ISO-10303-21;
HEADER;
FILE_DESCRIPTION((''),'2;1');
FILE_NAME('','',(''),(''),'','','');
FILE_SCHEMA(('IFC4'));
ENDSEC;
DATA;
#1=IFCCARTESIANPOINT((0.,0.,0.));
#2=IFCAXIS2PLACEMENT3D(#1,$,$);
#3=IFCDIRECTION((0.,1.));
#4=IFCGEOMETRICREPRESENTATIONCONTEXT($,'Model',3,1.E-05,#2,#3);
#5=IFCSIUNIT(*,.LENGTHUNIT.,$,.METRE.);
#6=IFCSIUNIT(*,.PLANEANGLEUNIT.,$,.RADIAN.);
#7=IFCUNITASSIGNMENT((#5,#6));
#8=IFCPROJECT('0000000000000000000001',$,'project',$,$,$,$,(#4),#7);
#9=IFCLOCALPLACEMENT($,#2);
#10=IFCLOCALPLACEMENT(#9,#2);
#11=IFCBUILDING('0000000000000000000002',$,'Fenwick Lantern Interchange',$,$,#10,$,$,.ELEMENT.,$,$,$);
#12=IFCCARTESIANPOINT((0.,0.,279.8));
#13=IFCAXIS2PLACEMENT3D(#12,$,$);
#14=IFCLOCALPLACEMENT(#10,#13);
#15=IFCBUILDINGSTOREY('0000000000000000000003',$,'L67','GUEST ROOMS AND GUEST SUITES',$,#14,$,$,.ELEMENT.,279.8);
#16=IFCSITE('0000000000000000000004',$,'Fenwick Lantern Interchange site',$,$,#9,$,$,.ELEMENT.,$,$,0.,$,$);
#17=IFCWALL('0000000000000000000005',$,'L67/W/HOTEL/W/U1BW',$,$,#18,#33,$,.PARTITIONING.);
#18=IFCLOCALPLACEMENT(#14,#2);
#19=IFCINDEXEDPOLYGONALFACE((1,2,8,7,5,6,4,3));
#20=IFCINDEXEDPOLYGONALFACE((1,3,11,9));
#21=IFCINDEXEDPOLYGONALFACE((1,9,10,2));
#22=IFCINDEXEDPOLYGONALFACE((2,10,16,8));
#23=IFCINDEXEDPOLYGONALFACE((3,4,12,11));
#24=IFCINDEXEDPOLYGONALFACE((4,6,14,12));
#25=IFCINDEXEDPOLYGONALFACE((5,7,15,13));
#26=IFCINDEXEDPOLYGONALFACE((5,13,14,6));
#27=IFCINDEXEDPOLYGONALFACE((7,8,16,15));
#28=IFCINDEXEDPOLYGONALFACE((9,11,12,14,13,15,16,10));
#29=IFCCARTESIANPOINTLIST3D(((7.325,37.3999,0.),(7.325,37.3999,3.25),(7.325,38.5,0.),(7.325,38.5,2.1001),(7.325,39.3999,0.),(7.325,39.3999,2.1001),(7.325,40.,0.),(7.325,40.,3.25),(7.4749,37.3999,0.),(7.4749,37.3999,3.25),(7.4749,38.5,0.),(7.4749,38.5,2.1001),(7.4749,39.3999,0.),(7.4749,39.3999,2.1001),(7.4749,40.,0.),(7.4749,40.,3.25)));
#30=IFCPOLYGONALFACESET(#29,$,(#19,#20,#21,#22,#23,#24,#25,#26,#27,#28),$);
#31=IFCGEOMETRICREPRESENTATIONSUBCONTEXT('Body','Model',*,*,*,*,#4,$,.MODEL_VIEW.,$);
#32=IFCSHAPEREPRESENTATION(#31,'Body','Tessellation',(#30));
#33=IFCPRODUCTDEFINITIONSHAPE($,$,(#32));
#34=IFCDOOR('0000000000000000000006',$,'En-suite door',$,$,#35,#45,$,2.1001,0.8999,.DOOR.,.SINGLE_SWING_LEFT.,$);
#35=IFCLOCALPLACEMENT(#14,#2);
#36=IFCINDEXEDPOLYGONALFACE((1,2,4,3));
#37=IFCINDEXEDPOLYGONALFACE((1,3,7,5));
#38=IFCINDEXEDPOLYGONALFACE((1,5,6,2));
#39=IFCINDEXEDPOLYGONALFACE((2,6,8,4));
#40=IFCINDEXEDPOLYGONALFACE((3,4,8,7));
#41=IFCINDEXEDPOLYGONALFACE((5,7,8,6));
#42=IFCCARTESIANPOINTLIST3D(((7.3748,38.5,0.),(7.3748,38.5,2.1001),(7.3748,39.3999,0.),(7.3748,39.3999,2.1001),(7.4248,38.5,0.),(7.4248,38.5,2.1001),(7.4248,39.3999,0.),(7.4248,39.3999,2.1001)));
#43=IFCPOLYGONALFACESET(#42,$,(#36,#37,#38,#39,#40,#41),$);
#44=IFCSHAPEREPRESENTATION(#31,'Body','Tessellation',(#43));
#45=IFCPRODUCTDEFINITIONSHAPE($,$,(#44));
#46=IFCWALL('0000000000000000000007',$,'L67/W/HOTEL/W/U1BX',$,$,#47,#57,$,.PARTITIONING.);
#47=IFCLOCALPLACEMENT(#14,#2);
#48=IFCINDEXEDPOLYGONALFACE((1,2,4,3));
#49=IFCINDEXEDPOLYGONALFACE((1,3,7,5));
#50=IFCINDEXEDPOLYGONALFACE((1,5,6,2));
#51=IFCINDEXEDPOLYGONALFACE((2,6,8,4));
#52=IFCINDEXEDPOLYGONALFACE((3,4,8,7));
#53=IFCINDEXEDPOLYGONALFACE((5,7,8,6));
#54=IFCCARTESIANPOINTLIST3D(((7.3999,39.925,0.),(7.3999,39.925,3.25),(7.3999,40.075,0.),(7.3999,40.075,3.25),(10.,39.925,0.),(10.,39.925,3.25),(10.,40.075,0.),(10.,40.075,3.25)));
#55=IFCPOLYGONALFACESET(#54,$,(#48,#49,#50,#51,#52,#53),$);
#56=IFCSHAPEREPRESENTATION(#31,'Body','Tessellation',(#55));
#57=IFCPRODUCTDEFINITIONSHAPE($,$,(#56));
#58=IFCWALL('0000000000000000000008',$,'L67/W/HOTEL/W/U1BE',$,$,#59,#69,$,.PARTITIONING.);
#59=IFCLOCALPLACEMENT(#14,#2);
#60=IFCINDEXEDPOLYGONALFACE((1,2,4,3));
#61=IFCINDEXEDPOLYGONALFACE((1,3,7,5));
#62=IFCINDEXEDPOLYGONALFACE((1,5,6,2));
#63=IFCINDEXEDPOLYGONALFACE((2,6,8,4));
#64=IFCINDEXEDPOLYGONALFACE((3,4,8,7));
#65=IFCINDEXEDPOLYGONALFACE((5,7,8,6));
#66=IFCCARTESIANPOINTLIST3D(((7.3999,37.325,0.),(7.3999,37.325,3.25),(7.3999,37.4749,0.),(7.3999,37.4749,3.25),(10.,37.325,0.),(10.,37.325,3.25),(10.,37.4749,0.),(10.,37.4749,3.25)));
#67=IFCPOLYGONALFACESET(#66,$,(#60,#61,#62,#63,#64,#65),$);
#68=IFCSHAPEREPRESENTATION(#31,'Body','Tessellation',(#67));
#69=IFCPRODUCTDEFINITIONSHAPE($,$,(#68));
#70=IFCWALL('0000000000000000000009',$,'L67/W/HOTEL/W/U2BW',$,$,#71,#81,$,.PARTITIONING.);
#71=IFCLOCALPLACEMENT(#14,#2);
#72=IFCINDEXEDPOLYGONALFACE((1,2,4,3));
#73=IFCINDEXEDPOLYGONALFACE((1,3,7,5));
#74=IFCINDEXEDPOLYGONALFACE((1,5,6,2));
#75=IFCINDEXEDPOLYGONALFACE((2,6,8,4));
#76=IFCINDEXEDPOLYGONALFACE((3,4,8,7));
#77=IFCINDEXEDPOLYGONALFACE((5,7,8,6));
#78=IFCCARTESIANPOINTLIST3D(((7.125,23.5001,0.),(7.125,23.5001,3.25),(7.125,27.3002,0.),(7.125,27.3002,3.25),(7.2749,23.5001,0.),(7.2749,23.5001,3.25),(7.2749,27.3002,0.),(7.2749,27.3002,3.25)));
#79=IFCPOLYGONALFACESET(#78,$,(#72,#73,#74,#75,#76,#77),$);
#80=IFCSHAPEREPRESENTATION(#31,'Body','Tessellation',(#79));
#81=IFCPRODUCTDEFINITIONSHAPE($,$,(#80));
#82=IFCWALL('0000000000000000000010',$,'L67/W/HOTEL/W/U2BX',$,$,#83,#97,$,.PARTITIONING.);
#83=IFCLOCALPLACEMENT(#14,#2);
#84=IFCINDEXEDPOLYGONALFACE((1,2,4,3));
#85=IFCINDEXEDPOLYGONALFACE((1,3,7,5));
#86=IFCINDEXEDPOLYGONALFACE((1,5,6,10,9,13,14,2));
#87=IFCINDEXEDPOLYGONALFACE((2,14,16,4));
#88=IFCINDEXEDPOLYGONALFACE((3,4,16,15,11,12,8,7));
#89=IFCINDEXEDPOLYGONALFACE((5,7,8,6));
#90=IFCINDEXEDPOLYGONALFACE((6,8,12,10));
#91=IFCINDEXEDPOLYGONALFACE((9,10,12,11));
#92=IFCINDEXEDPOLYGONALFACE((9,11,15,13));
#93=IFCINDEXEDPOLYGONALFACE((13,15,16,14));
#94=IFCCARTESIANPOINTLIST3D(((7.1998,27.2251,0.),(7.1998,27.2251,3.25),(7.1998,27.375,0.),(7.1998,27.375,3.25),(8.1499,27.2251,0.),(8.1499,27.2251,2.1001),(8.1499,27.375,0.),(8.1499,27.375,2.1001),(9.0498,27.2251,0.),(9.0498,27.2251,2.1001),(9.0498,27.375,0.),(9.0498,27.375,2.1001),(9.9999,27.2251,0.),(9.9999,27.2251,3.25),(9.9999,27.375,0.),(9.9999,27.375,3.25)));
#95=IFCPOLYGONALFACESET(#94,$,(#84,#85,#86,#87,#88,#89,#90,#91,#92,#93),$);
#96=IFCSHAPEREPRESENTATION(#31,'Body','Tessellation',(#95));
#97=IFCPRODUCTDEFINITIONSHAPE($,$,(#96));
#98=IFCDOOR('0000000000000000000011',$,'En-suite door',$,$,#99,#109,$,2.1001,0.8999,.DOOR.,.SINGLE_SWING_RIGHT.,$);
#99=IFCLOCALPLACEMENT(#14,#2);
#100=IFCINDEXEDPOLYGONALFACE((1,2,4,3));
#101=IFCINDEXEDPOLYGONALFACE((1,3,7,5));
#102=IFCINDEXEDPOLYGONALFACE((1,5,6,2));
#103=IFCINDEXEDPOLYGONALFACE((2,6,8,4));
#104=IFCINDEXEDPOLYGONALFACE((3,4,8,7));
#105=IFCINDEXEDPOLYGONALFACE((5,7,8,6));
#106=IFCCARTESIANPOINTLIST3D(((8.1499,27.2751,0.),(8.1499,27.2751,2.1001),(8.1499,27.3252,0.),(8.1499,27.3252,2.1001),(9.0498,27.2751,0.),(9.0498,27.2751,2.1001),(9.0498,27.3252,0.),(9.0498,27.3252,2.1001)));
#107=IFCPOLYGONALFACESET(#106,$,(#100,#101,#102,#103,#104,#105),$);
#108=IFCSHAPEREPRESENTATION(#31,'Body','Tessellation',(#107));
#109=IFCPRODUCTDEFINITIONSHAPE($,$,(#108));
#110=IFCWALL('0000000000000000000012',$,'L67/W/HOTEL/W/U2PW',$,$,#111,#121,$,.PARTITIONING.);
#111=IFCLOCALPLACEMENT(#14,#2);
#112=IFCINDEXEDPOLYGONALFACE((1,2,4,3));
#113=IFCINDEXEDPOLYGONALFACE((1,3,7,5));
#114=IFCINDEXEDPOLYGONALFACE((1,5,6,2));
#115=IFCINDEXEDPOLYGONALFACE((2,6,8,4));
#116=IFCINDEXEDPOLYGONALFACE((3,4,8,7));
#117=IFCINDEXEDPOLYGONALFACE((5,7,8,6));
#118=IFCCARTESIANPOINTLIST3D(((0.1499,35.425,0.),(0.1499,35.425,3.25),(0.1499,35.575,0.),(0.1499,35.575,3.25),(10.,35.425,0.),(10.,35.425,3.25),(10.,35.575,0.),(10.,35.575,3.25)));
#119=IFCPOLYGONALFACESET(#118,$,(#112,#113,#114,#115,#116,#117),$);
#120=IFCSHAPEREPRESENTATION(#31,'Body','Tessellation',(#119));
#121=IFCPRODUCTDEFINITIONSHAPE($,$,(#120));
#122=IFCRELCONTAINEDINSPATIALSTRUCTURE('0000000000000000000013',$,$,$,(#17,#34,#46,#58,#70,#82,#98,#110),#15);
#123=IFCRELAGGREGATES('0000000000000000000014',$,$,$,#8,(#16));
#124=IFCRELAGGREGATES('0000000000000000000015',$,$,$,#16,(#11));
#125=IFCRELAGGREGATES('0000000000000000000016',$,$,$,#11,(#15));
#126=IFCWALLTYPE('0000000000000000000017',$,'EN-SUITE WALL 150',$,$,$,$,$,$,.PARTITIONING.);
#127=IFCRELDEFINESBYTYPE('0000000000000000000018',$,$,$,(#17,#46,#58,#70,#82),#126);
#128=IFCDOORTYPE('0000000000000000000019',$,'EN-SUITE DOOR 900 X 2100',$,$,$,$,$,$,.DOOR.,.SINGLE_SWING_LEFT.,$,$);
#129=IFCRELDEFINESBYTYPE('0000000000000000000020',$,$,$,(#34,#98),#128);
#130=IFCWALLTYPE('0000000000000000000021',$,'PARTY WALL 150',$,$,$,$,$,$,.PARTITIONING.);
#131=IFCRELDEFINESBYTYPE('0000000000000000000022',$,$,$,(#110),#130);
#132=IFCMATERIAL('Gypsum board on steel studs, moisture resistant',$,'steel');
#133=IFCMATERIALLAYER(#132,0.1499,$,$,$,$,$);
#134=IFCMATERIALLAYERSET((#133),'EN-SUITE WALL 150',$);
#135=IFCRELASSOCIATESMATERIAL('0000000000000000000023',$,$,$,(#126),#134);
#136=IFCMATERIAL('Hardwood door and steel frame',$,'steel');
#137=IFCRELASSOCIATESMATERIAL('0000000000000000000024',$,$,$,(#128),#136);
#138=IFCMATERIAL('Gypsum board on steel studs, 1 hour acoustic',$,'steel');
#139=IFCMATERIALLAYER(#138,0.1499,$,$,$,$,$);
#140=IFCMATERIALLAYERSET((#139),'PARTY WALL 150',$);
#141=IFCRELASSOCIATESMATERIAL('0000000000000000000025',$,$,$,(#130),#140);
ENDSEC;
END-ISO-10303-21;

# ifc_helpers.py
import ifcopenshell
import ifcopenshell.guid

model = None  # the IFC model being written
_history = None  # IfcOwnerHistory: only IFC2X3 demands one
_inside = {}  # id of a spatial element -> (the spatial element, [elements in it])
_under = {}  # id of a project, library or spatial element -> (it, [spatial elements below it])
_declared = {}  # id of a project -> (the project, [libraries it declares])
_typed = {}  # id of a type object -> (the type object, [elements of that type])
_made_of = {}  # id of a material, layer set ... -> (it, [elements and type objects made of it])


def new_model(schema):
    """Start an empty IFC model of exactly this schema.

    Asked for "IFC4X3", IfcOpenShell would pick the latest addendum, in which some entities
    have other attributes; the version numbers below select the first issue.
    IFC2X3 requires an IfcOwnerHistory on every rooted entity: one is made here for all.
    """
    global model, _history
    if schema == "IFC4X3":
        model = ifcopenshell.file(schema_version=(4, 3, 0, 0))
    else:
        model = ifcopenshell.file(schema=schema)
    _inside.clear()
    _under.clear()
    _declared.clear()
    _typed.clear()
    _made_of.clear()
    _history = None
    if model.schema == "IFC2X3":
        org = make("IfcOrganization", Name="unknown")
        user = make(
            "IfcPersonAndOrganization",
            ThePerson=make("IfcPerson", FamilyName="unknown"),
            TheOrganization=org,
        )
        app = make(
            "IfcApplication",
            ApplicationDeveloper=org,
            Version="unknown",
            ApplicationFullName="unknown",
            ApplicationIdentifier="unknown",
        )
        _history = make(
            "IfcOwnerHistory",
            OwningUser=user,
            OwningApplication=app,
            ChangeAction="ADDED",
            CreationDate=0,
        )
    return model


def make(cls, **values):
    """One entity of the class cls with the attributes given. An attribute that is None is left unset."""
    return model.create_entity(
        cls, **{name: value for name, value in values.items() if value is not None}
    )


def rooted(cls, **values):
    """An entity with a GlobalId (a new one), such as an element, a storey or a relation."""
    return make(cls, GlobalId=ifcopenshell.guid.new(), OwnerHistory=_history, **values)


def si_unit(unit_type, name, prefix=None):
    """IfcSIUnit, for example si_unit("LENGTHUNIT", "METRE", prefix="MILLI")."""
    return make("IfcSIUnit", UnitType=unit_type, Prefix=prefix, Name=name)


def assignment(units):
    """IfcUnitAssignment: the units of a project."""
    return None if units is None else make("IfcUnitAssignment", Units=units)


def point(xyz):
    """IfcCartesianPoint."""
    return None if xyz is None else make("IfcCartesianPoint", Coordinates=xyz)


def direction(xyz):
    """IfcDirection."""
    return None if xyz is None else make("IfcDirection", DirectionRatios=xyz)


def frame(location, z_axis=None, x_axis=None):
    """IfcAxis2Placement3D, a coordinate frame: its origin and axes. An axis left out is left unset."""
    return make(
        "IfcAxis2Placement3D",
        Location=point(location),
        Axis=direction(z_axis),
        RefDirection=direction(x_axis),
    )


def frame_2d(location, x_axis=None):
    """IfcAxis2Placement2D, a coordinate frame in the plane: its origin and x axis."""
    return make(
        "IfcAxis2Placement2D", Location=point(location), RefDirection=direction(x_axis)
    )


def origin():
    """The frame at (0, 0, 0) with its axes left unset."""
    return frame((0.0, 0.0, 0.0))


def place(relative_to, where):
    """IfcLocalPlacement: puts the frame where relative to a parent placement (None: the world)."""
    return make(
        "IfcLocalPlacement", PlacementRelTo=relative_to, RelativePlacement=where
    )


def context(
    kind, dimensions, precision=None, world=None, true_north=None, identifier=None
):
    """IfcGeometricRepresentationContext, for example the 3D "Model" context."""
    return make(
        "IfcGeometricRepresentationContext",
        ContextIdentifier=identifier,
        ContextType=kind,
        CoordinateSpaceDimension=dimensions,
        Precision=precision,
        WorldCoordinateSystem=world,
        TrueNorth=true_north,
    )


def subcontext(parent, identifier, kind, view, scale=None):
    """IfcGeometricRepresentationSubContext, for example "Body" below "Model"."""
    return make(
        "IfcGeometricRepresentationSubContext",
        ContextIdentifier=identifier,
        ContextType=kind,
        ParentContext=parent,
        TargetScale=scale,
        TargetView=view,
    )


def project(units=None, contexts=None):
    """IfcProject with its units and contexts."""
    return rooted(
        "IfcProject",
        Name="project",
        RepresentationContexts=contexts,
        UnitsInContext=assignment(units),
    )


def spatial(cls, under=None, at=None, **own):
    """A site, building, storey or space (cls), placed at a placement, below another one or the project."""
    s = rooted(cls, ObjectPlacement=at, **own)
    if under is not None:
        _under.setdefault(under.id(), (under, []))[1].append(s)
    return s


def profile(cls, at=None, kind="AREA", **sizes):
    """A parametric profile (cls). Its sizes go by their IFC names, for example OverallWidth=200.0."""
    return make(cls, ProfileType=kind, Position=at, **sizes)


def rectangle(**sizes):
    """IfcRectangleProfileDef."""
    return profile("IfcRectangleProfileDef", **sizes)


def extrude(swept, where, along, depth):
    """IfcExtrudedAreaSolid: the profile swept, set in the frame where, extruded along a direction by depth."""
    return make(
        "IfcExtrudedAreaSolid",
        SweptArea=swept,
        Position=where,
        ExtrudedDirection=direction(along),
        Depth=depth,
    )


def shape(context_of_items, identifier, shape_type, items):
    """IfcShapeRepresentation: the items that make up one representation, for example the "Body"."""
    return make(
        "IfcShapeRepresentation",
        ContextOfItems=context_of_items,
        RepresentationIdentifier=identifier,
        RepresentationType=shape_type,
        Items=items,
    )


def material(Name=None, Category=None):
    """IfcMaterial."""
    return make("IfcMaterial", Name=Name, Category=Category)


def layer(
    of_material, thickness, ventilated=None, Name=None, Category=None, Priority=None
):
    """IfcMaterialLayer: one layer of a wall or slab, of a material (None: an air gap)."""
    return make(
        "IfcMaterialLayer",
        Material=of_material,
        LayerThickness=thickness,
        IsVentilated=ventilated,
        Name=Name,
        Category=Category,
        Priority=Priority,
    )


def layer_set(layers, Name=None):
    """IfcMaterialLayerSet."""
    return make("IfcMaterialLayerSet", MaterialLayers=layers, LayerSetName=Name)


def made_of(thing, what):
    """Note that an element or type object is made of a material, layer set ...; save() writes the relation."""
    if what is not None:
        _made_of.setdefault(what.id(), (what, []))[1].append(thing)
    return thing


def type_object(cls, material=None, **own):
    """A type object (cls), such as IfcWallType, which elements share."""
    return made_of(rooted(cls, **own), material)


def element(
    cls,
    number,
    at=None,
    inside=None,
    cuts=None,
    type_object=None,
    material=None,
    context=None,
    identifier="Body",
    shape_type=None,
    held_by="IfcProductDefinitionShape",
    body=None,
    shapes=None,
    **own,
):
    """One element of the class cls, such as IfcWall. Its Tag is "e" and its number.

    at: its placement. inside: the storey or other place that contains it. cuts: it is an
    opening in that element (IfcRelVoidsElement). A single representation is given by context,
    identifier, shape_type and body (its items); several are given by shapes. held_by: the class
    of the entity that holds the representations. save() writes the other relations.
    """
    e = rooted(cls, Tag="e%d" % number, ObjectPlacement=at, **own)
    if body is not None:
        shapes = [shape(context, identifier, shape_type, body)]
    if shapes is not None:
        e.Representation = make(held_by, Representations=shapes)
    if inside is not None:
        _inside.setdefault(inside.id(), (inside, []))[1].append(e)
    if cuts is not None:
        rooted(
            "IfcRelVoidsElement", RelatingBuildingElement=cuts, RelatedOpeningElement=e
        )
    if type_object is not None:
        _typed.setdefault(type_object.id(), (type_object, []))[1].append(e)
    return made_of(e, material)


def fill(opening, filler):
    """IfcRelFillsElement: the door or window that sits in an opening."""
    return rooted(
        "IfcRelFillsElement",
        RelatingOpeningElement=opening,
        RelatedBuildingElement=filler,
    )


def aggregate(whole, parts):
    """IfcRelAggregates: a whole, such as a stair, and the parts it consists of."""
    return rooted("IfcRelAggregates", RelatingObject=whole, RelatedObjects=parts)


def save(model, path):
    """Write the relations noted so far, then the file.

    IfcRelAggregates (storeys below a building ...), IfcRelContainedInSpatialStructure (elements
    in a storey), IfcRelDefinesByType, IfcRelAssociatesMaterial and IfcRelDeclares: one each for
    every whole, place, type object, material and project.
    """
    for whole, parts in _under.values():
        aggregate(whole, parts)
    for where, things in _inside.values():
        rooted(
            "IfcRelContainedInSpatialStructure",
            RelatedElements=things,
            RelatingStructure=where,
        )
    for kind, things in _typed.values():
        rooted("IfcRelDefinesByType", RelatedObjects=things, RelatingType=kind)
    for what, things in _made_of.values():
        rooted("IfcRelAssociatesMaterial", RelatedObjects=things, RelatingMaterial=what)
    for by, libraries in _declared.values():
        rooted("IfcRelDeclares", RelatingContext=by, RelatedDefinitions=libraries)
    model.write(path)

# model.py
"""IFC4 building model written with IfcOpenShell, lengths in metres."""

from ifc_helpers import new_model, si_unit, direction, frame, frame_2d, origin, place, context, subcontext, project, spatial, rectangle, extrude, material, layer, layer_set, type_object, element, fill, save


model = new_model("IFC4")

# Units and contexts
model_context = context("Model", 3, precision=1e-05, world=origin(), true_north=direction((0.0, 1.0)))
body_context = subcontext(model_context, "Body", "Model", "MODEL_VIEW")
ifc_project = project(units=[si_unit("LENGTHUNIT", "METRE"), si_unit("PLANEANGLEUNIT", "RADIAN")], contexts=[model_context])

# Site, building, storey
site_placement = place(None, origin())
site = spatial("IfcSite", under=ifc_project, at=site_placement, Name="Fenwick Lantern Interchange site", CompositionType="ELEMENT", RefElevation=0.0)
building_placement = place(site_placement, origin())
building = spatial("IfcBuilding", under=site, at=building_placement, Name="Fenwick Lantern Interchange", CompositionType="ELEMENT")
storey_placement = place(building_placement, frame((0.0, 0.0, 279.8)))
storey = spatial("IfcBuildingStorey", under=building, at=storey_placement, Name="L67", Description="GUEST ROOMS AND GUEST SUITES", CompositionType="ELEMENT", Elevation=279.8)

# Wall, opening, door
ifc_material_1 = material(Name="Gypsum board on steel studs, moisture resistant", Category="steel")
ifc_layer_1 = layer(ifc_material_1, 0.1499)
ifc_layer_set_1 = layer_set([ifc_layer_1], Name="EN-SUITE WALL 150")
wall_type_1 = type_object("IfcWallType", Name="EN-SUITE WALL 150", PredefinedType="PARTITIONING", material=ifc_layer_set_1)
wall_1_placement = place(storey_placement, frame((7.3999, 40.0, 0.0), z_axis=(0.0, 0.0, 1.0), x_axis=(0.0, -1.0, 0.0)))
wall_1 = element("IfcWall", 1, at=wall_1_placement, inside=storey, type_object=wall_type_1, Name="L67/W/HOTEL/W/U1BW", PredefinedType="PARTITIONING", context=body_context, shape_type="SweptSolid", body=[
    extrude(rectangle(XDim=2.6001, YDim=0.1499, at=frame_2d((1.3, 0.0))), origin(), (0.0, 0.0, 1.0), 3.25),
])
opening_1_placement = place(wall_1_placement, frame((0.6001, 0.0, 0.0)))
opening_1 = element("IfcOpeningElement", 2, at=opening_1_placement, cuts=wall_1, PredefinedType="OPENING", context=body_context, shape_type="SweptSolid", body=[
    extrude(rectangle(XDim=0.8999, YDim=2.1001, at=frame_2d((0.45, 1.05))), frame((0.0, 0.085, 0.0), z_axis=(0.0, -1.0, 0.0), x_axis=(1.0, 0.0, 0.0)), (0.0, 0.0, 1.0), 0.1699),
])
ifc_material_2 = material(Name="Hardwood door and steel frame", Category="steel")
door_type = type_object("IfcDoorType", Name="EN-SUITE DOOR 900 X 2100", OperationType="SINGLE_SWING_LEFT", PredefinedType="DOOR", material=ifc_material_2)
door_1_placement = place(opening_1_placement, origin())
door_1 = element("IfcDoor", 3, at=door_1_placement, inside=storey, type_object=door_type, Name="En-suite door", OperationType="SINGLE_SWING_LEFT", OverallHeight=2.1001, OverallWidth=0.8999, PredefinedType="DOOR", context=body_context, shape_type="SweptSolid", body=[
    extrude(rectangle(XDim=0.8999, YDim=2.1001, at=frame_2d((0.45, 1.05))), frame((0.0, 0.0249, 0.0), z_axis=(0.0, -1.0, 0.0), x_axis=(1.0, 0.0, 0.0)), (0.0, 0.0, 1.0), 0.05),
])
fill(opening_1, door_1)

# Walls
for number, where, z_axis, x_axis, name in (
    (4, (7.3999, 40.0, 0.0), (0.0, 0.0, 1.0), (1.0, 0.0, 0.0), "L67/W/HOTEL/W/U1BX"),
    (5, (7.3999, 37.3999, 0.0), (0.0, 0.0, 1.0), (1.0, 0.0, 0.0), "L67/W/HOTEL/W/U1BE"),
):
    element("IfcWall", number, at=place(storey_placement, frame(where, z_axis=z_axis, x_axis=x_axis)), inside=storey, type_object=wall_type_1, Name=name, PredefinedType="PARTITIONING", context=body_context, shape_type="SweptSolid", body=[
        extrude(rectangle(XDim=2.6001, YDim=0.1499, at=frame_2d((1.3, 0.0))), origin(), (0.0, 0.0, 1.0), 3.25),
    ])
wall_2_placement = place(storey_placement, frame((7.2, 27.3, 0.0), z_axis=(0.0, 0.0, 1.0), x_axis=(0.0, -1.0, 0.0)))
element("IfcWall", 6, at=wall_2_placement, inside=storey, type_object=wall_type_1, Name="L67/W/HOTEL/W/U2BW", PredefinedType="PARTITIONING", context=body_context, shape_type="SweptSolid", body=[
    extrude(rectangle(XDim=3.8, YDim=0.1499, at=frame_2d((1.8999, 0.0))), origin(), (0.0, 0.0, 1.0), 3.25),
])

# Wall, opening, door
wall_3_placement = place(storey_placement, frame((7.2, 27.3, 0.0), z_axis=(0.0, 0.0, 1.0), x_axis=(1.0, 0.0, 0.0)))
wall_3 = element("IfcWall", 7, at=wall_3_placement, inside=storey, type_object=wall_type_1, Name="L67/W/HOTEL/W/U2BX", PredefinedType="PARTITIONING", context=body_context, shape_type="SweptSolid", body=[
    extrude(rectangle(XDim=2.8, YDim=0.1499, at=frame_2d((1.3999, 0.0))), origin(), (0.0, 0.0, 1.0), 3.25),
])
opening_2_placement = place(wall_3_placement, frame((0.95, 0.0, 0.0)))
opening_2 = element("IfcOpeningElement", 8, at=opening_2_placement, cuts=wall_3, PredefinedType="OPENING", context=body_context, shape_type="SweptSolid", body=[
    extrude(rectangle(XDim=0.8999, YDim=2.1001, at=frame_2d((0.45, 1.05))), frame((0.0, 0.085, 0.0), z_axis=(0.0, -1.0, 0.0), x_axis=(1.0, 0.0, 0.0)), (0.0, 0.0, 1.0), 0.1699),
])
door_2_placement = place(opening_2_placement, frame((0.8999, 0.0, 0.0), z_axis=(0.0, 0.0, 1.0), x_axis=(-1.0, 0.0, 0.0)))
door_2 = element("IfcDoor", 9, at=door_2_placement, inside=storey, type_object=door_type, Name="En-suite door", OperationType="SINGLE_SWING_RIGHT", OverallHeight=2.1001, OverallWidth=0.8999, PredefinedType="DOOR", context=body_context, shape_type="SweptSolid", body=[
    extrude(rectangle(XDim=0.8999, YDim=2.1001, at=frame_2d((0.45, 1.05))), frame((0.0, 0.0249, 0.0), z_axis=(0.0, -1.0, 0.0), x_axis=(1.0, 0.0, 0.0)), (0.0, 0.0, 1.0), 0.05),
])
fill(opening_2, door_2)

# Wall
ifc_material_3 = material(Name="Gypsum board on steel studs, 1 hour acoustic", Category="steel")
ifc_layer_2 = layer(ifc_material_3, 0.1499)
ifc_layer_set_2 = layer_set([ifc_layer_2], Name="PARTY WALL 150")
wall_type_2 = type_object("IfcWallType", Name="PARTY WALL 150", PredefinedType="PARTITIONING", material=ifc_layer_set_2)
wall_4_placement = place(storey_placement, frame((0.1499, 35.5, 0.0), z_axis=(0.0, 0.0, 1.0), x_axis=(1.0, 0.0, 0.0)))
element("IfcWall", 10, at=wall_4_placement, inside=storey, type_object=wall_type_2, Name="L67/W/HOTEL/W/U2PW", PredefinedType="PARTITIONING", context=body_context, shape_type="SweptSolid", body=[
    extrude(rectangle(XDim=9.8501, YDim=0.1499, at=frame_2d((4.925, 0.0))), origin(), (0.0, 0.0, 1.0), 3.25),
])

save(model, "model.ifc")
